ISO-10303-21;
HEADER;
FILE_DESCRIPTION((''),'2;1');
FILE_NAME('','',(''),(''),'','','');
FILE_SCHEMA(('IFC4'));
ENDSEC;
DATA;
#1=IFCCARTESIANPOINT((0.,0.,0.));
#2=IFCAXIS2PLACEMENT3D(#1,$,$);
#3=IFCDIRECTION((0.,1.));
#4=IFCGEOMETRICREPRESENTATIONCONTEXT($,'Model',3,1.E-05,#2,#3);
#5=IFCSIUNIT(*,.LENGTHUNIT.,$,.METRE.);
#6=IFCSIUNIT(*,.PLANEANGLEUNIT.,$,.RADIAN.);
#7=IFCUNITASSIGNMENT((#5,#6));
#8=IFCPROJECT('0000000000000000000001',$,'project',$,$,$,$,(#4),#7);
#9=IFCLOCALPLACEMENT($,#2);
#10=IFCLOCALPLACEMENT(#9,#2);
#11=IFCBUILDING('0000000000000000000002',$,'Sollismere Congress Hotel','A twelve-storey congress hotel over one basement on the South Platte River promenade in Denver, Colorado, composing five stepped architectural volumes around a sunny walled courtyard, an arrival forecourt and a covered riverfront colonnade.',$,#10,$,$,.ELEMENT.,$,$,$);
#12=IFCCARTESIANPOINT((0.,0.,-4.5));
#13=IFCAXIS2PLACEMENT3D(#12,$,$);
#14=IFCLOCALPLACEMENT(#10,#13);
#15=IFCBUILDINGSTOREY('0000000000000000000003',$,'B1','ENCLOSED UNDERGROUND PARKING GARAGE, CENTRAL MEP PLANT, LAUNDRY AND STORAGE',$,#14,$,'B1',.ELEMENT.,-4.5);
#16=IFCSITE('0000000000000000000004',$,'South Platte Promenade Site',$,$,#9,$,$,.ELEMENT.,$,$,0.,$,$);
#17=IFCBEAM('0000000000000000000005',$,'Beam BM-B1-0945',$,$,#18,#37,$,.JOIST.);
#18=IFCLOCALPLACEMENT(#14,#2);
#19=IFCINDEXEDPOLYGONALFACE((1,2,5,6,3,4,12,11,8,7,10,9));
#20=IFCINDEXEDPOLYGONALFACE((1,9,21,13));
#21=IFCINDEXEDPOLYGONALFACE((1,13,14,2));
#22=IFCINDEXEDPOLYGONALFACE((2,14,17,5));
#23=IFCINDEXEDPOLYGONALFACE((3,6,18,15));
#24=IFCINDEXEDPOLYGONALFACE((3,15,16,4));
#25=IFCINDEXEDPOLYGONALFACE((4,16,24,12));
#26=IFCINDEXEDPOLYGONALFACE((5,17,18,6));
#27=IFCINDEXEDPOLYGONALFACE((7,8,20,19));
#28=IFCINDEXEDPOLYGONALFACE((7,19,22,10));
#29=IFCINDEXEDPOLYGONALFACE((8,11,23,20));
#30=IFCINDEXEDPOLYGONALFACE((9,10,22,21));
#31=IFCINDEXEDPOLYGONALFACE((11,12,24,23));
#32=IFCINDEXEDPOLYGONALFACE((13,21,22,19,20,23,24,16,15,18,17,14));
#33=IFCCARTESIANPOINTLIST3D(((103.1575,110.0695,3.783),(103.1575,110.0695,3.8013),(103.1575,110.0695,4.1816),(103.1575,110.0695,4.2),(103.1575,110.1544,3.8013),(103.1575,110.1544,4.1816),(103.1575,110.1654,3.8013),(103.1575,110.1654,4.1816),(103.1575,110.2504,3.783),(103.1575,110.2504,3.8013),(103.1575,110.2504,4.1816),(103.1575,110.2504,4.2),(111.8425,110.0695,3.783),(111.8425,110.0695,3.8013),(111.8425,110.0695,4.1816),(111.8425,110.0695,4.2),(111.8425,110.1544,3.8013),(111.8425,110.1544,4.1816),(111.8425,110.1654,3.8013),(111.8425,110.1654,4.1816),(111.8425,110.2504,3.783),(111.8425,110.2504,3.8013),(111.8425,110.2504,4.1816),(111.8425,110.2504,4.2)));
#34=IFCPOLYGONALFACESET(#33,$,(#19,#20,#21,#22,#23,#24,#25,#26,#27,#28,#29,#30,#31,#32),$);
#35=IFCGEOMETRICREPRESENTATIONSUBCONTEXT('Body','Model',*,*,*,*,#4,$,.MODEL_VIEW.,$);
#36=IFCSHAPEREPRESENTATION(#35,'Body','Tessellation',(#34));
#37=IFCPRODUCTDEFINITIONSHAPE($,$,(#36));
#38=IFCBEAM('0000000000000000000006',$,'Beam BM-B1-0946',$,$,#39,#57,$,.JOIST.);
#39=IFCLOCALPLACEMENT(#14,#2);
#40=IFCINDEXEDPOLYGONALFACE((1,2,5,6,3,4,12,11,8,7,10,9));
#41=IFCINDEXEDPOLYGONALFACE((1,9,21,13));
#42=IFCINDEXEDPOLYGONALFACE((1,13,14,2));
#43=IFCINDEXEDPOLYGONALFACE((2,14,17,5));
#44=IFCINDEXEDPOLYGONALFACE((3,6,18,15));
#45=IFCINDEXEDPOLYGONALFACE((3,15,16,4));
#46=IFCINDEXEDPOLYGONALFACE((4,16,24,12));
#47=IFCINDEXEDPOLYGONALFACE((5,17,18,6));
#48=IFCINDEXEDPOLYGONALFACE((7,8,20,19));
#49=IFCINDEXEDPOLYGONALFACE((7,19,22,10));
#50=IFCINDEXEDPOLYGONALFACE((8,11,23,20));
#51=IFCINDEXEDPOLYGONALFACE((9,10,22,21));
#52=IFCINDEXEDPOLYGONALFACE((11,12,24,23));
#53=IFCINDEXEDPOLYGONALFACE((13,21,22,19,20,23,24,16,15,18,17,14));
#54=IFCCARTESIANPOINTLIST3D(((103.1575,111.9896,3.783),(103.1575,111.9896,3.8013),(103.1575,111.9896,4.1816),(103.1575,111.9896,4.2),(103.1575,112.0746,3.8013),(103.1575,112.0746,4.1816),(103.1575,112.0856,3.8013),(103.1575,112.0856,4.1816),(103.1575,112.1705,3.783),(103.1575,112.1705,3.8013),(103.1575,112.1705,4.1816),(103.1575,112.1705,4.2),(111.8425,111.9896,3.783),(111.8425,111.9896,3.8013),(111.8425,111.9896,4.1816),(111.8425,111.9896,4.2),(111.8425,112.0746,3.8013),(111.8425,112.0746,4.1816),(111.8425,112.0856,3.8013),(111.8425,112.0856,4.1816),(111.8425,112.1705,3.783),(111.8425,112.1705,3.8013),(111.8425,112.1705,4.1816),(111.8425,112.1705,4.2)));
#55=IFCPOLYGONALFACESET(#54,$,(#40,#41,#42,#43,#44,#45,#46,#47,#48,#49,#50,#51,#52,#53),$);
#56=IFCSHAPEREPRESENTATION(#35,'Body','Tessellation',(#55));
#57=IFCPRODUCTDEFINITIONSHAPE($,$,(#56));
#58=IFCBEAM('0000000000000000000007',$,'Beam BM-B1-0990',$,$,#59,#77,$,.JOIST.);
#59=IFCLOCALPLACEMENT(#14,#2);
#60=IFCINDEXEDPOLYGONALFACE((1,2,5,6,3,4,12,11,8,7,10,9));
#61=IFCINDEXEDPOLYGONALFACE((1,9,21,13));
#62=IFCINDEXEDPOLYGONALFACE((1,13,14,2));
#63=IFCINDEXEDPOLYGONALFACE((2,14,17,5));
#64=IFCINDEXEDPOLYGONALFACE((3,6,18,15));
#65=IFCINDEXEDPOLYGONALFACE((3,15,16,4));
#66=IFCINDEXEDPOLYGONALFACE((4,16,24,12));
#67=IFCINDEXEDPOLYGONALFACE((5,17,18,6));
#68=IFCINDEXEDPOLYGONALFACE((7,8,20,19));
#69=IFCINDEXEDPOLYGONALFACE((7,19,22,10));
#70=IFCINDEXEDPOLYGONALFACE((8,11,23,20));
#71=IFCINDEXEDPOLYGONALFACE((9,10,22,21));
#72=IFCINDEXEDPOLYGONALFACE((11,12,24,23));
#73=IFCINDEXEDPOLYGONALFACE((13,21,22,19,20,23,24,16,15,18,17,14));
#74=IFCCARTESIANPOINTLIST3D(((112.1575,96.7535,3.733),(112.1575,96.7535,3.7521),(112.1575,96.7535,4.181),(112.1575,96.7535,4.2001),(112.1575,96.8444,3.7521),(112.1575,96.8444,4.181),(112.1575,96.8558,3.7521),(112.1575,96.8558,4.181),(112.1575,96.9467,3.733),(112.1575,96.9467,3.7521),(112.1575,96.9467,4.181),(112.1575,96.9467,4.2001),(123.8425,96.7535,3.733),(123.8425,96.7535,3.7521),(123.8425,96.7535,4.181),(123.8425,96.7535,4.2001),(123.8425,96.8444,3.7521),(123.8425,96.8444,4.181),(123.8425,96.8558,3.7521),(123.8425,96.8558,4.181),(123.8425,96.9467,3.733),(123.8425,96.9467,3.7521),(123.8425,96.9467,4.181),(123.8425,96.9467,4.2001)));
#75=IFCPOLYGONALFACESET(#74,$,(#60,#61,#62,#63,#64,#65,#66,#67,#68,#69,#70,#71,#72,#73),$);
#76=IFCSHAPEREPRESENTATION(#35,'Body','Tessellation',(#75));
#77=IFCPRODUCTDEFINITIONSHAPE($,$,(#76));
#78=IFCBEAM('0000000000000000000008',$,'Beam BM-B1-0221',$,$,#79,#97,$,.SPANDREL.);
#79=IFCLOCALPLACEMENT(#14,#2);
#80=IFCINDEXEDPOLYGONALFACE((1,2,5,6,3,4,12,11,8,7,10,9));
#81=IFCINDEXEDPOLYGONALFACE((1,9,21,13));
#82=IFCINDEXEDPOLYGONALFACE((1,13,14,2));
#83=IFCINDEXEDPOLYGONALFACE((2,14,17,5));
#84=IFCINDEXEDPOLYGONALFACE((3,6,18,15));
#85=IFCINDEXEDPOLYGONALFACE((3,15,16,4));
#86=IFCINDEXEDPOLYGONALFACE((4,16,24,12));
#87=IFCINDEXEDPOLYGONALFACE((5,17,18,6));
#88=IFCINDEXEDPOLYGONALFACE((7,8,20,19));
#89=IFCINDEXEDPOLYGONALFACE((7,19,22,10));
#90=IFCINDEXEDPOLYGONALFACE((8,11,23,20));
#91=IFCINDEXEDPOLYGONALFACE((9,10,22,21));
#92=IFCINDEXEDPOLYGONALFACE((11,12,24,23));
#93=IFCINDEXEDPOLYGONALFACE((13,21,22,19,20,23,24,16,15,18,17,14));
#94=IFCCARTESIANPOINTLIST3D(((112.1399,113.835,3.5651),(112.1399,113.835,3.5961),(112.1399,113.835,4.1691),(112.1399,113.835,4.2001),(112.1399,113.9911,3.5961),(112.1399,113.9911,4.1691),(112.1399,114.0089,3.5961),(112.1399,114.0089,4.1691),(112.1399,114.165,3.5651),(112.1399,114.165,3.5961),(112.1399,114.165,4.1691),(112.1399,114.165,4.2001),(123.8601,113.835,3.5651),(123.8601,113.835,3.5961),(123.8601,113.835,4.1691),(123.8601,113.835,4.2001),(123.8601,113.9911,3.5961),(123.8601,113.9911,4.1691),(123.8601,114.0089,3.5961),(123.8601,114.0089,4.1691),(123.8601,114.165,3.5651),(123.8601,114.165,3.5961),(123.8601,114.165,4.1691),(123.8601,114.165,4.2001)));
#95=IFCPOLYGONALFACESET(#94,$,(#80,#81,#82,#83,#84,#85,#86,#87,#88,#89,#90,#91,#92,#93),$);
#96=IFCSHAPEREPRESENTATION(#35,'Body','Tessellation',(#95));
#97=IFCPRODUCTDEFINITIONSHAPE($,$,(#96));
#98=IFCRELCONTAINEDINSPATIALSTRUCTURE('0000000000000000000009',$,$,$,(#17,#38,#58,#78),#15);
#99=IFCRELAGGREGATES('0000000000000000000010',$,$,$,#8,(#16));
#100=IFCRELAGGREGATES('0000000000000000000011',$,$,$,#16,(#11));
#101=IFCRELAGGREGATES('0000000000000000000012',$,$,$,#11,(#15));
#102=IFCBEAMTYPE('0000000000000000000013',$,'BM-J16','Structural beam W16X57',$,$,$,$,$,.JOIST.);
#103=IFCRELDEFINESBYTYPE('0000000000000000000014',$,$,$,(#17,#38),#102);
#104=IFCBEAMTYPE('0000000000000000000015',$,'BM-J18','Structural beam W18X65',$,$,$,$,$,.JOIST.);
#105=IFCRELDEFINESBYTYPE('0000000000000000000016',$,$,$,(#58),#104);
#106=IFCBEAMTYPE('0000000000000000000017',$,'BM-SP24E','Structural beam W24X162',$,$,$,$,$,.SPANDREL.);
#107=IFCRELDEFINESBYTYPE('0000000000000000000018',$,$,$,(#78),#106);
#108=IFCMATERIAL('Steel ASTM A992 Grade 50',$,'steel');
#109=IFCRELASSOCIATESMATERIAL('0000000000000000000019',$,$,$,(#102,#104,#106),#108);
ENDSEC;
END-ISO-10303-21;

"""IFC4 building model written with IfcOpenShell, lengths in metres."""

from ifc_helpers import new_model, si_unit, direction, frame, origin, origin_2d, place, context, subcontext, project, spatial, i_section, extrude, material, material_profile, profile_set, type_object, element, save


model = new_model("IFC4")

# Units and contexts
model_context = context("Model", 3, precision=1e-05, world=origin(), true_north=direction((0.0, 1.0)))
body_context = subcontext(model_context, "Body", "Model", "MODEL_VIEW")
ifc_project = project(units=[si_unit("LENGTHUNIT", "METRE"), si_unit("PLANEANGLEUNIT", "RADIAN")], contexts=[model_context])

# Site, building, storey
site_placement = place(None, origin())
site = spatial("IfcSite", under=ifc_project, at=site_placement, Name="South Platte Promenade Site", CompositionType="ELEMENT", RefElevation=0.0)
building_placement = place(site_placement, origin())
building = spatial("IfcBuilding", under=site, at=building_placement, Name="Sollismere Congress Hotel", Description="A twelve-storey congress hotel over one basement on the South Platte River promenade in Denver, Colorado, composing five stepped architectural volumes around a sunny walled courtyard, an arrival forecourt and a covered riverfront colonnade.", CompositionType="ELEMENT")
storey_placement = place(building_placement, frame((0.0, 0.0, -4.5)))
storey = spatial("IfcBuildingStorey", under=building, at=storey_placement, Name="B1", Description="ENCLOSED UNDERGROUND PARKING GARAGE, CENTRAL MEP PLANT, LAUNDRY AND STORAGE", LongName="B1", CompositionType="ELEMENT", Elevation=-4.5)

# Beams
ifc_material_1 = material(Name="Steel ASTM A992 Grade 50", Category="steel")
ifc_material_profile_1 = material_profile(ifc_material_1, i_section(OverallWidth=0.1809, OverallDepth=0.417, WebThickness=0.011, FlangeThickness=0.0183, at=origin_2d()), Name="W16X57")
ifc_profile_set_1 = profile_set([ifc_material_profile_1], Name="Steel ASTM A992 Grade 50")
beam_type_1 = type_object("IfcBeamType", Name="BM-J16", Description="Structural beam W16X57", PredefinedType="JOIST", material=ifc_profile_set_1)
for number, where, z_axis, x_axis, name in (
    (1, (103.1575, 110.1599, 3.9915), (1.0, 0.0, 0.0), (0.0, 1.0, 0.0), "Beam BM-B1-0945"),
    (2, (103.1575, 112.0801, 3.9915), (1.0, 0.0, 0.0), (0.0, 1.0, 0.0), "Beam BM-B1-0946"),
):
    element("IfcBeam", number, at=place(storey_placement, frame(where, z_axis=z_axis, x_axis=x_axis)), inside=storey, type_object=beam_type_1, Name=name, PredefinedType="JOIST", context=body_context, shape_type="SweptSolid", body=[
        extrude(i_section(OverallWidth=0.1809, OverallDepth=0.417, WebThickness=0.011, FlangeThickness=0.0183, at=origin_2d()), origin(), (0.0, 0.0, 1.0), 8.6851),
    ])
ifc_material_profile_2 = material_profile(ifc_material_1, i_section(OverallWidth=0.1931, OverallDepth=0.467, WebThickness=0.0115, FlangeThickness=0.019, at=origin_2d()), Name="W18X65")
ifc_profile_set_2 = profile_set([ifc_material_profile_2], Name="Steel ASTM A992 Grade 50")
beam_type_2 = type_object("IfcBeamType", Name="BM-J18", Description="Structural beam W18X65", PredefinedType="JOIST", material=ifc_profile_set_2)
beam_1_placement = place(storey_placement, frame((112.1575, 96.8501, 3.9666), z_axis=(1.0, 0.0, 0.0), x_axis=(0.0, 1.0, 0.0)))
element("IfcBeam", 3, at=beam_1_placement, inside=storey, type_object=beam_type_2, Name="Beam BM-B1-0990", PredefinedType="JOIST", context=body_context, shape_type="SweptSolid", body=[
    extrude(i_section(OverallWidth=0.1931, OverallDepth=0.467, WebThickness=0.0115, FlangeThickness=0.019, at=origin_2d()), origin(), (0.0, 0.0, 1.0), 11.6851),
])
ifc_material_profile_3 = material_profile(ifc_material_1, i_section(OverallWidth=0.3301, OverallDepth=0.635, WebThickness=0.0178, FlangeThickness=0.031, at=origin_2d()), Name="W24X162")
ifc_profile_set_3 = profile_set([ifc_material_profile_3], Name="Steel ASTM A992 Grade 50")
beam_type_3 = type_object("IfcBeamType", Name="BM-SP24E", Description="Structural beam W24X162", PredefinedType="SPANDREL", material=ifc_profile_set_3)
beam_2_placement = place(storey_placement, frame((112.1399, 114.0, 3.8826), z_axis=(1.0, 0.0, 0.0), x_axis=(0.0, 1.0, 0.0)))
element("IfcBeam", 4, at=beam_2_placement, inside=storey, type_object=beam_type_3, Name="Beam BM-B1-0221", PredefinedType="SPANDREL", context=body_context, shape_type="SweptSolid", body=[
    extrude(i_section(OverallWidth=0.3301, OverallDepth=0.635, WebThickness=0.0178, FlangeThickness=0.031, at=origin_2d()), origin(), (0.0, 0.0, 1.0), 11.7202),
])

save(model, "model.ifc")
